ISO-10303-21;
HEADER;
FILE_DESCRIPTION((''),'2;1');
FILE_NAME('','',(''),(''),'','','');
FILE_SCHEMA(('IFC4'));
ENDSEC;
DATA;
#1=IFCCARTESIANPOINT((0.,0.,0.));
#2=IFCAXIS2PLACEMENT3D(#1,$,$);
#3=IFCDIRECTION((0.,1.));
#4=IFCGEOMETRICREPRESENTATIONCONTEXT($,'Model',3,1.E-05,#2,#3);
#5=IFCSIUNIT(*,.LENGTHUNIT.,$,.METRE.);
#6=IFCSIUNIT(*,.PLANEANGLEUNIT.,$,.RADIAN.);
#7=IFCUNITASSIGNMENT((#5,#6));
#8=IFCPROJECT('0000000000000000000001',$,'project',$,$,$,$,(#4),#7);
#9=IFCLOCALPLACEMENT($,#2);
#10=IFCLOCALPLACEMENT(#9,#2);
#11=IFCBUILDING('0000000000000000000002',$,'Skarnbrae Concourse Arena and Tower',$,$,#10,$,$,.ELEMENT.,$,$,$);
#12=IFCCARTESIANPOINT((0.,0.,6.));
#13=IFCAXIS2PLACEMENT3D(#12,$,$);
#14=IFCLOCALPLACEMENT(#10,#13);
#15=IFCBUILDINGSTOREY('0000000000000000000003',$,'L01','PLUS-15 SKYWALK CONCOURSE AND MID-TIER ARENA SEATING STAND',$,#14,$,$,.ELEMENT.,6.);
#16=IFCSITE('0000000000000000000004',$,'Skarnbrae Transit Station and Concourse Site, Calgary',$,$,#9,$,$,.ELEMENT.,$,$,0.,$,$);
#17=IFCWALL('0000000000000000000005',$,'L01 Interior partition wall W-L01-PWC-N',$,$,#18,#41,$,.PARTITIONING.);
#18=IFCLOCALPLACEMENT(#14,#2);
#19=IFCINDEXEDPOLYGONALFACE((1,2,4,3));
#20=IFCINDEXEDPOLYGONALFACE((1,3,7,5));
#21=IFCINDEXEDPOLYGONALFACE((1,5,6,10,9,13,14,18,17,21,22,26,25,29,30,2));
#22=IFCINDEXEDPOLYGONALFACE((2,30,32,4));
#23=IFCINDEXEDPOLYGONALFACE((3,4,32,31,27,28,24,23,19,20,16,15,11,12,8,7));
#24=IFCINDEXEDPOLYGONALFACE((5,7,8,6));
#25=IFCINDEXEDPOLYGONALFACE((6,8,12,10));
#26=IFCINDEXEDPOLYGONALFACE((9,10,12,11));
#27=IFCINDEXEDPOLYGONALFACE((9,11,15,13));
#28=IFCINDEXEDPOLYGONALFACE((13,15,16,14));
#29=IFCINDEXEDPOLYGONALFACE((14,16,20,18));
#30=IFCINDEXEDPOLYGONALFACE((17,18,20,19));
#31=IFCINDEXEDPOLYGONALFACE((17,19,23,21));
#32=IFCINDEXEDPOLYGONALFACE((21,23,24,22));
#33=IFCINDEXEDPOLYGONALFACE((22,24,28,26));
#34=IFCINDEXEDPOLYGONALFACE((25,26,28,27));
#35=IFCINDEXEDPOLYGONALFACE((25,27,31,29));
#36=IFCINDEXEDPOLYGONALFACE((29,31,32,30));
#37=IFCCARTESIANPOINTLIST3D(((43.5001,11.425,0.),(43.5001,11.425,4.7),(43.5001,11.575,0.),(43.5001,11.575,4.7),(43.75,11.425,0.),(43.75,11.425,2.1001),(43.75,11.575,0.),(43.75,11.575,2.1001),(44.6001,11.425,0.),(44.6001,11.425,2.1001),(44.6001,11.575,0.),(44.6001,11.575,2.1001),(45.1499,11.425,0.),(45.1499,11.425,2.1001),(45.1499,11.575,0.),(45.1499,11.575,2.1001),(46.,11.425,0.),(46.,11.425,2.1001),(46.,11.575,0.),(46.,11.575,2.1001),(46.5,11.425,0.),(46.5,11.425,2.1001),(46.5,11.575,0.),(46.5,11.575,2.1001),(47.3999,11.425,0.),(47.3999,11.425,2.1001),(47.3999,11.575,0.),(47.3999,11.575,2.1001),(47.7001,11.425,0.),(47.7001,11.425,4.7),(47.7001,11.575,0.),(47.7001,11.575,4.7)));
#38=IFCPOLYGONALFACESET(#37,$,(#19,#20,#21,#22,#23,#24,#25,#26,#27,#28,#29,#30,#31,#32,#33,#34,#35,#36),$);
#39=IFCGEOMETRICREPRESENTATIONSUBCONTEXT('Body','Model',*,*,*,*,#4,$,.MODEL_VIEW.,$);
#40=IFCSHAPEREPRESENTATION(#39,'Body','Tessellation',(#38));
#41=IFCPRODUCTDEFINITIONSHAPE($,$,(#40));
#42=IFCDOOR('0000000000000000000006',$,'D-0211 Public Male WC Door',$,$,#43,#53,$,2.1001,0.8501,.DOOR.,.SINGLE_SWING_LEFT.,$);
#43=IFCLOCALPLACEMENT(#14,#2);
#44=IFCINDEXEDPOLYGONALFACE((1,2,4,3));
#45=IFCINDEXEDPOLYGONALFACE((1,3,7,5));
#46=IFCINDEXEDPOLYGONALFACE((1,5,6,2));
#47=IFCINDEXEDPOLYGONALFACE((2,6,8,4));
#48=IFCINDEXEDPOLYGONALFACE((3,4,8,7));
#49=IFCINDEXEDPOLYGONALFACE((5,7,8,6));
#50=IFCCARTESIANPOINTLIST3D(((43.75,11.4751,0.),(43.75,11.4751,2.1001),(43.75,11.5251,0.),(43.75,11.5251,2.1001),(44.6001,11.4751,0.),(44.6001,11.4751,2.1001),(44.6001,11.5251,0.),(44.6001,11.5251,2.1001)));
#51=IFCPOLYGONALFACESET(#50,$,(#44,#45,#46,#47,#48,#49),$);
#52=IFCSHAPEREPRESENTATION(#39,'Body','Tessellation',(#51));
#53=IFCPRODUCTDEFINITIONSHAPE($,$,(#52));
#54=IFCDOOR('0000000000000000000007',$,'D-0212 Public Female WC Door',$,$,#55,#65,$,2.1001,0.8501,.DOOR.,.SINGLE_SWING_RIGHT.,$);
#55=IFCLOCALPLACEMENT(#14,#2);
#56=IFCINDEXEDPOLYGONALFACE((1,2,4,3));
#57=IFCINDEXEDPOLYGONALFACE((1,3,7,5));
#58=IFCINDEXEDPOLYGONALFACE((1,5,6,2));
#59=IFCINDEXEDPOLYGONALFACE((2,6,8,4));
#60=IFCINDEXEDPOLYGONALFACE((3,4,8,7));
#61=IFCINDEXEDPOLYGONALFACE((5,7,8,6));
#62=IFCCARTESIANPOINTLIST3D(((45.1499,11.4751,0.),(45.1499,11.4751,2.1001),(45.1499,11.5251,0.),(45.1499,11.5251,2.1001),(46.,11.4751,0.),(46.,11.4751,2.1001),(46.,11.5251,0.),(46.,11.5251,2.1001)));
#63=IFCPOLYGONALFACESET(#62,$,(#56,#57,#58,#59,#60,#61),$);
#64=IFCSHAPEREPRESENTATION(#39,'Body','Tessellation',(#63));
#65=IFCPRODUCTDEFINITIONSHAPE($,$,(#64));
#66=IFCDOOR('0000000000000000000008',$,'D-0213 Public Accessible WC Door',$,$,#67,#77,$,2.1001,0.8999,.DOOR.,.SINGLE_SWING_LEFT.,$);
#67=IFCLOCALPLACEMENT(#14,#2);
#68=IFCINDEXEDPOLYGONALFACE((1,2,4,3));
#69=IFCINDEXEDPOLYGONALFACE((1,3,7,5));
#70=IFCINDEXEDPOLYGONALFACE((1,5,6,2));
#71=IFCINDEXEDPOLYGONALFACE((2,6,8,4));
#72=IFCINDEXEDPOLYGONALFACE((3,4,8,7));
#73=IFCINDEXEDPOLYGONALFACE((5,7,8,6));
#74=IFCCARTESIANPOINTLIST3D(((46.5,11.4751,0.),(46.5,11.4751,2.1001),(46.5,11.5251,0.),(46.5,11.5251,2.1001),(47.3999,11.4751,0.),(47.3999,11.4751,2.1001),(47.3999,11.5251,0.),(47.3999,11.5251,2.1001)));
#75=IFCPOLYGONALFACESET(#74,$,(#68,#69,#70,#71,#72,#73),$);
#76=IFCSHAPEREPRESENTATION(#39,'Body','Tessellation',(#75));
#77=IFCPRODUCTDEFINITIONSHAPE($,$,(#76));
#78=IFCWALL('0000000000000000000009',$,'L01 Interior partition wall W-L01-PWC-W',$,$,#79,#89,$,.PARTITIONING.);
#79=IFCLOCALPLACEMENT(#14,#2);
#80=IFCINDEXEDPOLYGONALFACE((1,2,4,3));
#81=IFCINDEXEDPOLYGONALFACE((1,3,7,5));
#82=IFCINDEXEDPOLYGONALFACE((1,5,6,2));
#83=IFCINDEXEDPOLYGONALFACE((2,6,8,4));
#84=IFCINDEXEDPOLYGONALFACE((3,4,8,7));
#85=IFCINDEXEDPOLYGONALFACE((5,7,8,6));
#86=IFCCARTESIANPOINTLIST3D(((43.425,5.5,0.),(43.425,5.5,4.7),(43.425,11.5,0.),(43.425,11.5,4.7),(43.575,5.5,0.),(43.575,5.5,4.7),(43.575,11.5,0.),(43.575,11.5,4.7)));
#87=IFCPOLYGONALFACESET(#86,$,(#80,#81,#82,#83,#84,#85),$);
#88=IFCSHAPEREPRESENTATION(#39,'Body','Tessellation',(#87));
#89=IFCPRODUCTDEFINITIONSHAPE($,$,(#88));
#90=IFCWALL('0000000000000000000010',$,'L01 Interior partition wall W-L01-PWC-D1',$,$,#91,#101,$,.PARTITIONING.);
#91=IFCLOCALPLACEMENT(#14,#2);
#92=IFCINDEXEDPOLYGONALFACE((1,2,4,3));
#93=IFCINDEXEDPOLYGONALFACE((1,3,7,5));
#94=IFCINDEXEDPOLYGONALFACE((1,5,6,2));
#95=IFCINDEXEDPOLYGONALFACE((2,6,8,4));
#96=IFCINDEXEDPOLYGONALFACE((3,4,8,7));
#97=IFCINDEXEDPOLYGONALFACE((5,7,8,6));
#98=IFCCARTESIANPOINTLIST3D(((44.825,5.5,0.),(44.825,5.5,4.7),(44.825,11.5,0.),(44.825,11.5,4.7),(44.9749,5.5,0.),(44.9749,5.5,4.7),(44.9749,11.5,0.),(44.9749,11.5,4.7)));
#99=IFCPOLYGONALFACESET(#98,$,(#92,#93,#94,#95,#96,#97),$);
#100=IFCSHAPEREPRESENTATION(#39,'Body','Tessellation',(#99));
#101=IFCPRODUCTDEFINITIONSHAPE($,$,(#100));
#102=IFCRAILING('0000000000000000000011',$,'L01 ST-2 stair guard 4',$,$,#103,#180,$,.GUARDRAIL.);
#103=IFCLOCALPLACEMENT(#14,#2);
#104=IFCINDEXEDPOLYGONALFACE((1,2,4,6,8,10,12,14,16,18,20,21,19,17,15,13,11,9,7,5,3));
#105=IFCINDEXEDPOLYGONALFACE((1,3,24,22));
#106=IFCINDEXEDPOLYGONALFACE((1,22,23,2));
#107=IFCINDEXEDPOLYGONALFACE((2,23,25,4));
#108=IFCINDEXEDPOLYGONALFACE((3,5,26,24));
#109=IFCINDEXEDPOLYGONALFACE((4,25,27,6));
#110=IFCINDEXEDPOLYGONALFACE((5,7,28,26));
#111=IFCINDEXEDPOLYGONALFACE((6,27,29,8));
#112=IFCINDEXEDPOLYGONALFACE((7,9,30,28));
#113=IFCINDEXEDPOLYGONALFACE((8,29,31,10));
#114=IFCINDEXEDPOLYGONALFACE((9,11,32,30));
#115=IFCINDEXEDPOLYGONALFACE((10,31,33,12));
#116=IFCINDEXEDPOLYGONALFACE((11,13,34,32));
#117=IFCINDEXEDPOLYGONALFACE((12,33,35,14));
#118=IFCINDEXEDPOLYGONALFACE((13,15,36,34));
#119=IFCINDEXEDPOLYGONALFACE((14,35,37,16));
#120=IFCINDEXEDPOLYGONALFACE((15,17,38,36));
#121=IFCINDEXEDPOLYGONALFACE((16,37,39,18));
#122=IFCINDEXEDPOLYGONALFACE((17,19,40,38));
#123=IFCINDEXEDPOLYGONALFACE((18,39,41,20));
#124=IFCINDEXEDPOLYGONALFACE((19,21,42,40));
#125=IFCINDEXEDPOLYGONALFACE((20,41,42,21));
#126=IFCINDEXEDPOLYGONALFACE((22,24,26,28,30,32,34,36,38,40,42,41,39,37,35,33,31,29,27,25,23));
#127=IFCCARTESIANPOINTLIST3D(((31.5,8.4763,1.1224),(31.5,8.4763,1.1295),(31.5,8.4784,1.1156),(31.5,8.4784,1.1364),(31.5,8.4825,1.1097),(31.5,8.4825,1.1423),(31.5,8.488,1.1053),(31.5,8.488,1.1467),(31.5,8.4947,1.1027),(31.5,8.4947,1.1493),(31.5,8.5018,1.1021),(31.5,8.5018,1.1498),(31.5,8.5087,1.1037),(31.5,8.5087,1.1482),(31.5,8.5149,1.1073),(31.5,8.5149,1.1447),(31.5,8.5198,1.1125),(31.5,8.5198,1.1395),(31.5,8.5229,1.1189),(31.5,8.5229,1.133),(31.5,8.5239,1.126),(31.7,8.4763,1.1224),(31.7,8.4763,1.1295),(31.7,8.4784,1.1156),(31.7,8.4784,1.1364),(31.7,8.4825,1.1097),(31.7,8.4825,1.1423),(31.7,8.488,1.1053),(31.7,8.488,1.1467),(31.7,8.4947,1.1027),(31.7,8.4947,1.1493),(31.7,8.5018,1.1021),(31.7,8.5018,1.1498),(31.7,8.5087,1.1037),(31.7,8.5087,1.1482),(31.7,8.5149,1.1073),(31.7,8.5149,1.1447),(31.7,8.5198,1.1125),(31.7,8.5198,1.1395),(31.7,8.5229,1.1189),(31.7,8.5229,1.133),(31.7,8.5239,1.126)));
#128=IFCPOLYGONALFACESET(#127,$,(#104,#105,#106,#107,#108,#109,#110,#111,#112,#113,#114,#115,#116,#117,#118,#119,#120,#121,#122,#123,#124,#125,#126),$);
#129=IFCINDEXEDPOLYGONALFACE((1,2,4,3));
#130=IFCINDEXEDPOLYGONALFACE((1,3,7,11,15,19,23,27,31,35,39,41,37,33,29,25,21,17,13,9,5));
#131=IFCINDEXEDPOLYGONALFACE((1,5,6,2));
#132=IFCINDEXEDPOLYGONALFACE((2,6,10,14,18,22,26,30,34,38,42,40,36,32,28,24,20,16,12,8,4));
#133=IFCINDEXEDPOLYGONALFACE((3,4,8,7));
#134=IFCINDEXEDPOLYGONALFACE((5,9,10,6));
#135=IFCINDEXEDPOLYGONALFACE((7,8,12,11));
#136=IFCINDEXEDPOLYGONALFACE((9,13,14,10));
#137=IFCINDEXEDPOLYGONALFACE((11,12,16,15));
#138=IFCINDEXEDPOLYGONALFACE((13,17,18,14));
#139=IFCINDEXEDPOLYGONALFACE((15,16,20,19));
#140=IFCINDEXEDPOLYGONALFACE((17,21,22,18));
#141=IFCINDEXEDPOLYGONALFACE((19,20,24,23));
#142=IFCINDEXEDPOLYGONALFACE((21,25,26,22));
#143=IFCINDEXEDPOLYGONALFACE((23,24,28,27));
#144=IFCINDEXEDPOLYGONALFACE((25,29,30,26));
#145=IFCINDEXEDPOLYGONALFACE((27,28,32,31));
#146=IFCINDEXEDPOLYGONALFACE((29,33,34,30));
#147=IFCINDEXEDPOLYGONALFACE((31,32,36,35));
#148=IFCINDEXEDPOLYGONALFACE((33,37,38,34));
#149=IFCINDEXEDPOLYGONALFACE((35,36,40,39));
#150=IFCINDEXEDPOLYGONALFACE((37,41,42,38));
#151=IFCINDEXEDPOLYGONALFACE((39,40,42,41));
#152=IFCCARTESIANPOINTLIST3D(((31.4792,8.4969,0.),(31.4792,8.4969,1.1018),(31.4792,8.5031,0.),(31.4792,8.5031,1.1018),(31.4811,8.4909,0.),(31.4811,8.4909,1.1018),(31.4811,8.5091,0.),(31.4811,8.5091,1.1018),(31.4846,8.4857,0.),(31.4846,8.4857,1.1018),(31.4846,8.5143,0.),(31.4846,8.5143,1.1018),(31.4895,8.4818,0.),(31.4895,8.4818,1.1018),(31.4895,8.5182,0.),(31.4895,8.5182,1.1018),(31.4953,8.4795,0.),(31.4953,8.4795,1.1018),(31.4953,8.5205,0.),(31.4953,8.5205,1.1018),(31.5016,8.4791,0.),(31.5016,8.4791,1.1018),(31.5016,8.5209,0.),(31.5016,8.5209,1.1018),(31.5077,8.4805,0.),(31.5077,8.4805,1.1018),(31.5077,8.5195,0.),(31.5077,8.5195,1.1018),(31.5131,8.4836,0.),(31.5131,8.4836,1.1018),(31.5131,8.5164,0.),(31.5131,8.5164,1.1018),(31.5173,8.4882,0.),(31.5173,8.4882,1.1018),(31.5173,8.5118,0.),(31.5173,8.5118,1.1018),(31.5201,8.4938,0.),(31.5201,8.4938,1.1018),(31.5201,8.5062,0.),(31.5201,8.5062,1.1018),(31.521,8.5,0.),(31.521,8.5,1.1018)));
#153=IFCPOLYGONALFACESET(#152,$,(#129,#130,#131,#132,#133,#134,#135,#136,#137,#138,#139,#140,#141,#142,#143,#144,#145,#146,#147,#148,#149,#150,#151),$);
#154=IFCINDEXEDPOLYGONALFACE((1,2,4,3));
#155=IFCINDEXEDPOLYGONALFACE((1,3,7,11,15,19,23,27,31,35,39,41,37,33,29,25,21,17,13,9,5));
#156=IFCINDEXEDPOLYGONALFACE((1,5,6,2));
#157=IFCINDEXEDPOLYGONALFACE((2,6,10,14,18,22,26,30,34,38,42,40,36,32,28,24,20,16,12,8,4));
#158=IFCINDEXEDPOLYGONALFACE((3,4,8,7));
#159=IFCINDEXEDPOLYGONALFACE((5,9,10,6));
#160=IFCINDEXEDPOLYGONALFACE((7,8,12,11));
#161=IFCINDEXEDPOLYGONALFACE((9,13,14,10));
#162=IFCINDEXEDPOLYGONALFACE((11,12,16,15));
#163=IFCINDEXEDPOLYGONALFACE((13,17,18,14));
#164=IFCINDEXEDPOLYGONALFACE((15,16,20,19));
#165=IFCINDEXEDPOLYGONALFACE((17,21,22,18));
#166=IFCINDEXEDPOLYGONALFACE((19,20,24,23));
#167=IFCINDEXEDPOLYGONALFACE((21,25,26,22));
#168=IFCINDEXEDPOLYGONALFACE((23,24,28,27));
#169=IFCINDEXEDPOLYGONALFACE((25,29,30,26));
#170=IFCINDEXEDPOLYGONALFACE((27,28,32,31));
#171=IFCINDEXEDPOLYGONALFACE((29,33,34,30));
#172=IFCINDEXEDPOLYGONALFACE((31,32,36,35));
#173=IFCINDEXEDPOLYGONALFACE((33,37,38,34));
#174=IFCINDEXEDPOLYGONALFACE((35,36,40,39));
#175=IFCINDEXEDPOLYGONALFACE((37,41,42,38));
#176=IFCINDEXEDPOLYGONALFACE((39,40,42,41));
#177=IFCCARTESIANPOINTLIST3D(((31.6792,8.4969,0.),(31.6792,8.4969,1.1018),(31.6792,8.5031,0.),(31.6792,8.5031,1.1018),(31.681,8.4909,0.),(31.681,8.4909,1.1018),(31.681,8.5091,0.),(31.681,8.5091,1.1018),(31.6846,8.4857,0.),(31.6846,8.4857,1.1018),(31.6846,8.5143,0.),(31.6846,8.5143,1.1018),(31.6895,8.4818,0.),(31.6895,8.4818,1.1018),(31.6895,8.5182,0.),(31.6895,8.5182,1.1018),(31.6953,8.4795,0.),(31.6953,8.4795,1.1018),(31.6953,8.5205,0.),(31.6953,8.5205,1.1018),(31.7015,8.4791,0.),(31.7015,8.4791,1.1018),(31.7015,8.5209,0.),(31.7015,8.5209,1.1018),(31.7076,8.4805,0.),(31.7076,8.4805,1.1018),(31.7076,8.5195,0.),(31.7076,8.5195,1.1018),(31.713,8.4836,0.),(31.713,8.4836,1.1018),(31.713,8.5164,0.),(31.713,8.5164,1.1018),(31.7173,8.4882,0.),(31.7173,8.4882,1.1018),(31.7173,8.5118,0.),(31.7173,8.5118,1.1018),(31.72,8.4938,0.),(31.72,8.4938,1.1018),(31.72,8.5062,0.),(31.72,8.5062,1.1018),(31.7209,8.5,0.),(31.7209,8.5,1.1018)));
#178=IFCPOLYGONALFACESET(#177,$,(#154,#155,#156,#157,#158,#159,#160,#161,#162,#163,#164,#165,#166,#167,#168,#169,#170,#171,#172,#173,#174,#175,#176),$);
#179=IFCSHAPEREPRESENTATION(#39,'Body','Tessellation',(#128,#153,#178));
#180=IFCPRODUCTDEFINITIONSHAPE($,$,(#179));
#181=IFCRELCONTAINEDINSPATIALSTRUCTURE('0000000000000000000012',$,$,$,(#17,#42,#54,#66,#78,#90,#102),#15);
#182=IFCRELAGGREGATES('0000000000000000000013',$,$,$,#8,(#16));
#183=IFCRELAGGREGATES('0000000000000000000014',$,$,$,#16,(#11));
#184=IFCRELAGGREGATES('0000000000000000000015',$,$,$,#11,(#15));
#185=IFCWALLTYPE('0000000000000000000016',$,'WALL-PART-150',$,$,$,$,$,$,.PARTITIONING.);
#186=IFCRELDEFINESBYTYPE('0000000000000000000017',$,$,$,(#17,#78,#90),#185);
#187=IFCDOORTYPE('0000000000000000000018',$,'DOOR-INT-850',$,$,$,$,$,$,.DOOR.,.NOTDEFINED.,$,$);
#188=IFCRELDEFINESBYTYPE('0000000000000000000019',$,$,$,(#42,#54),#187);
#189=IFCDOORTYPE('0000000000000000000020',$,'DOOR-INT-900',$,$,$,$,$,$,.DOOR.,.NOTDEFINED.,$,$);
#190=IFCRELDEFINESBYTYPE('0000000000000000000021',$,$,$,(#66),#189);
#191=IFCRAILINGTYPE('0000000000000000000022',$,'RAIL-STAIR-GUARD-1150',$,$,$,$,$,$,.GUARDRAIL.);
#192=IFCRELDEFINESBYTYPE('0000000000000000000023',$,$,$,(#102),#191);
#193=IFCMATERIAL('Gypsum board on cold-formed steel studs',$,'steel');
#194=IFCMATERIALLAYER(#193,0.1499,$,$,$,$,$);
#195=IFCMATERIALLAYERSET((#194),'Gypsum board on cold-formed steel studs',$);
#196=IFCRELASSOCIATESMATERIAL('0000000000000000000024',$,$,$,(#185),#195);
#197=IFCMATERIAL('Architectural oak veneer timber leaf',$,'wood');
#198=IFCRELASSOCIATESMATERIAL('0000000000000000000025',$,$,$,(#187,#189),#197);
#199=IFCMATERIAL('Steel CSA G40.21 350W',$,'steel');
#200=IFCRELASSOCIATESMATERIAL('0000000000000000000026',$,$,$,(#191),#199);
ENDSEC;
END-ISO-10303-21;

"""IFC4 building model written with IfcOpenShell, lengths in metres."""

from ifc_helpers import new_model, si_unit, direction, frame, frame_2d, origin, origin_2d, place, context, subcontext, project, spatial, rectangle, circle, extrude, source, transform, mapped, material, layer, layer_set, type_object, element, fill, save


model = new_model("IFC4")

# Units and contexts
model_context = context("Model", 3, precision=1e-05, world=origin(), true_north=direction((0.0, 1.0)))
body_context = subcontext(model_context, "Body", "Model", "MODEL_VIEW")
ifc_project = project(units=[si_unit("LENGTHUNIT", "METRE"), si_unit("PLANEANGLEUNIT", "RADIAN")], contexts=[model_context])

# Site, building, storey
site_placement = place(None, origin())
site = spatial("IfcSite", under=ifc_project, at=site_placement, Name="Skarnbrae Transit Station and Concourse Site, Calgary", CompositionType="ELEMENT", RefElevation=0.0)
building_placement = place(site_placement, origin())
building = spatial("IfcBuilding", under=site, at=building_placement, Name="Skarnbrae Concourse Arena and Tower", CompositionType="ELEMENT")
storey_placement = place(building_placement, frame((0.0, 0.0, 6.0)))
storey = spatial("IfcBuildingStorey", under=building, at=storey_placement, Name="L01", Description="PLUS-15 SKYWALK CONCOURSE AND MID-TIER ARENA SEATING STAND", CompositionType="ELEMENT", Elevation=6.0)

# Shared definitions
ifc_material_1 = material(Name="Steel CSA G40.21 350W", Category="steel")

# Shared definitions
ifc_material_2 = material(Name="Gypsum board on cold-formed steel studs", Category="steel")

# Shared definitions
ifc_layer_1 = layer(ifc_material_2, 0.1499)
ifc_layer_set_1 = layer_set([ifc_layer_1], Name="Gypsum board on cold-formed steel studs")
wall_type_1 = type_object("IfcWallType", Name="WALL-PART-150", PredefinedType="PARTITIONING", material=ifc_layer_set_1)

# Wall, openings, doors
shared_shape_1 = source(origin(), body_context, "Body", "SweptSolid", [
    extrude(rectangle(XDim=4.2, YDim=0.1499, at=frame_2d((2.1001, 0.0))), origin(), (0.0, 0.0, 1.0), 4.7),
])
wall_1_placement = place(storey_placement, frame((43.5, 11.5, 0.0), z_axis=(0.0, 0.0, 1.0), x_axis=(1.0, 0.0, 0.0)))
wall_1 = element("IfcWall", 1, at=wall_1_placement, inside=storey, type_object=wall_type_1, Name="L01 Interior partition wall W-L01-PWC-N", PredefinedType="PARTITIONING", context=body_context, shape_type="MappedRepresentation", body=[
    mapped(shared_shape_1, transform((0.0, 0.0, 0.0))),
])
opening_1_placement = place(wall_1_placement, frame((0.25, 0.0, 0.0)))
opening_1 = element("IfcOpeningElement", 2, at=opening_1_placement, cuts=wall_1, PredefinedType="OPENING", context=body_context, shape_type="SweptSolid", body=[
    extrude(rectangle(XDim=0.8501, YDim=2.1001, at=frame_2d((0.425, 1.05))), frame((0.0, 0.085, 0.0), z_axis=(0.0, -1.0, 0.0), x_axis=(1.0, 0.0, 0.0)), (0.0, 0.0, 1.0), 0.1699),
])
opening_2_placement = place(wall_1_placement, frame((1.6499, 0.0, 0.0)))
opening_2 = element("IfcOpeningElement", 3, at=opening_2_placement, cuts=wall_1, PredefinedType="OPENING", context=body_context, shape_type="SweptSolid", body=[
    extrude(rectangle(XDim=0.8501, YDim=2.1001, at=frame_2d((0.425, 1.05))), frame((0.0, 0.085, 0.0), z_axis=(0.0, -1.0, 0.0), x_axis=(1.0, 0.0, 0.0)), (0.0, 0.0, 1.0), 0.1699),
])
opening_3_placement = place(wall_1_placement, frame((3.0, 0.0, 0.0)))
opening_3 = element("IfcOpeningElement", 4, at=opening_3_placement, cuts=wall_1, PredefinedType="OPENING", context=body_context, shape_type="SweptSolid", body=[
    extrude(rectangle(XDim=0.8999, YDim=2.1001, at=frame_2d((0.45, 1.05))), frame((0.0, 0.085, 0.0), z_axis=(0.0, -1.0, 0.0), x_axis=(1.0, 0.0, 0.0)), (0.0, 0.0, 1.0), 0.1699),
])
ifc_material_3 = material(Name="Architectural oak veneer timber leaf", Category="wood")
door_type_1 = type_object("IfcDoorType", Name="DOOR-INT-850", OperationType="NOTDEFINED", PredefinedType="DOOR", material=ifc_material_3)
shared_shape_2 = source(origin(), body_context, "Body", "SweptSolid", [
    extrude(rectangle(XDim=0.8501, YDim=2.1001, at=frame_2d((0.425, 1.05))), frame((0.0, 0.0249, 0.0), z_axis=(0.0, -1.0, 0.0), x_axis=(1.0, 0.0, 0.0)), (0.0, 0.0, 1.0), 0.05),
])
door_1_placement = place(opening_1_placement, frame((0.8501, 0.0, 0.0), z_axis=(0.0, 0.0, 1.0), x_axis=(-1.0, 0.0, 0.0)))
door_1 = element("IfcDoor", 5, at=door_1_placement, inside=storey, type_object=door_type_1, Name="D-0211 Public Male WC Door", OperationType="SINGLE_SWING_LEFT", OverallHeight=2.1001, OverallWidth=0.8501, PredefinedType="DOOR", context=body_context, shape_type="MappedRepresentation", body=[
    mapped(shared_shape_2, transform((0.0, 0.0, 0.0))),
])
fill(opening_1, door_1)
door_2_placement = place(opening_2_placement, frame((0.8501, 0.0, 0.0), z_axis=(0.0, 0.0, 1.0), x_axis=(-1.0, 0.0, 0.0)))
door_2 = element("IfcDoor", 6, at=door_2_placement, inside=storey, type_object=door_type_1, Name="D-0212 Public Female WC Door", OperationType="SINGLE_SWING_RIGHT", OverallHeight=2.1001, OverallWidth=0.8501, PredefinedType="DOOR", context=body_context, shape_type="MappedRepresentation", body=[
    mapped(shared_shape_2, transform((0.0, 0.0, 0.0))),
])
fill(opening_2, door_2)
door_type_2 = type_object("IfcDoorType", Name="DOOR-INT-900", OperationType="NOTDEFINED", PredefinedType="DOOR", material=ifc_material_3)
shared_shape_3 = source(origin(), body_context, "Body", "SweptSolid", [
    extrude(rectangle(XDim=0.8999, YDim=2.1001, at=frame_2d((0.45, 1.05))), frame((0.0, 0.0249, 0.0), z_axis=(0.0, -1.0, 0.0), x_axis=(1.0, 0.0, 0.0)), (0.0, 0.0, 1.0), 0.05),
])
door_3_placement = place(opening_3_placement, frame((0.8999, 0.0, 0.0), z_axis=(0.0, 0.0, 1.0), x_axis=(-1.0, 0.0, 0.0)))
door_3 = element("IfcDoor", 7, at=door_3_placement, inside=storey, type_object=door_type_2, Name="D-0213 Public Accessible WC Door", OperationType="SINGLE_SWING_LEFT", OverallHeight=2.1001, OverallWidth=0.8999, PredefinedType="DOOR", context=body_context, shape_type="MappedRepresentation", body=[
    mapped(shared_shape_3, transform((0.0, 0.0, 0.0))),
])
fill(opening_3, door_3)

# Walls
shared_shape_4 = source(origin(), body_context, "Body", "SweptSolid", [
    extrude(rectangle(XDim=6.0, YDim=0.1499, at=frame_2d((3.0, 0.0))), origin(), (0.0, 0.0, 1.0), 4.7),
])
for number, where, z_axis, x_axis, name in (
    (8, (43.5, 5.5, 0.0), (0.0, 0.0, 1.0), (0.0, 1.0, 0.0), "L01 Interior partition wall W-L01-PWC-W"),
    (9, (44.8999, 5.5, 0.0), (0.0, 0.0, 1.0), (0.0, 1.0, 0.0), "L01 Interior partition wall W-L01-PWC-D1"),
):
    element("IfcWall", number, at=place(storey_placement, frame(where, z_axis=z_axis, x_axis=x_axis)), inside=storey, type_object=wall_type_1, Name=name, PredefinedType="PARTITIONING", context=body_context, shape_type="MappedRepresentation", body=[
        mapped(shared_shape_4, transform((0.0, 0.0, 0.0))),
    ])

# Railing
railing_type = type_object("IfcRailingType", Name="RAIL-STAIR-GUARD-1150", PredefinedType="GUARDRAIL", material=ifc_material_1)
railing_placement = place(storey_placement, frame((31.5, 8.5, 0.0)))
element("IfcRailing", 10, at=railing_placement, inside=storey, type_object=railing_type, Name="L01 ST-2 stair guard 4", PredefinedType="GUARDRAIL", context=body_context, shape_type="SweptSolid", body=[
    extrude(circle(Radius=0.0239, at=origin_2d()), frame((0.0, 0.0, 1.126), z_axis=(1.0, 0.0, 0.0), x_axis=(0.0, 1.0, 0.0)), (0.0, 0.0, 1.0), 0.2),
    extrude(circle(Radius=0.021, at=origin_2d()), origin(), (0.0, 0.0, 1.0), 1.1018),
    extrude(circle(Radius=0.021, at=origin_2d()), frame((0.2, 0.0, 0.0)), (0.0, 0.0, 1.0), 1.1018),
])

save(model, "model.ifc")
